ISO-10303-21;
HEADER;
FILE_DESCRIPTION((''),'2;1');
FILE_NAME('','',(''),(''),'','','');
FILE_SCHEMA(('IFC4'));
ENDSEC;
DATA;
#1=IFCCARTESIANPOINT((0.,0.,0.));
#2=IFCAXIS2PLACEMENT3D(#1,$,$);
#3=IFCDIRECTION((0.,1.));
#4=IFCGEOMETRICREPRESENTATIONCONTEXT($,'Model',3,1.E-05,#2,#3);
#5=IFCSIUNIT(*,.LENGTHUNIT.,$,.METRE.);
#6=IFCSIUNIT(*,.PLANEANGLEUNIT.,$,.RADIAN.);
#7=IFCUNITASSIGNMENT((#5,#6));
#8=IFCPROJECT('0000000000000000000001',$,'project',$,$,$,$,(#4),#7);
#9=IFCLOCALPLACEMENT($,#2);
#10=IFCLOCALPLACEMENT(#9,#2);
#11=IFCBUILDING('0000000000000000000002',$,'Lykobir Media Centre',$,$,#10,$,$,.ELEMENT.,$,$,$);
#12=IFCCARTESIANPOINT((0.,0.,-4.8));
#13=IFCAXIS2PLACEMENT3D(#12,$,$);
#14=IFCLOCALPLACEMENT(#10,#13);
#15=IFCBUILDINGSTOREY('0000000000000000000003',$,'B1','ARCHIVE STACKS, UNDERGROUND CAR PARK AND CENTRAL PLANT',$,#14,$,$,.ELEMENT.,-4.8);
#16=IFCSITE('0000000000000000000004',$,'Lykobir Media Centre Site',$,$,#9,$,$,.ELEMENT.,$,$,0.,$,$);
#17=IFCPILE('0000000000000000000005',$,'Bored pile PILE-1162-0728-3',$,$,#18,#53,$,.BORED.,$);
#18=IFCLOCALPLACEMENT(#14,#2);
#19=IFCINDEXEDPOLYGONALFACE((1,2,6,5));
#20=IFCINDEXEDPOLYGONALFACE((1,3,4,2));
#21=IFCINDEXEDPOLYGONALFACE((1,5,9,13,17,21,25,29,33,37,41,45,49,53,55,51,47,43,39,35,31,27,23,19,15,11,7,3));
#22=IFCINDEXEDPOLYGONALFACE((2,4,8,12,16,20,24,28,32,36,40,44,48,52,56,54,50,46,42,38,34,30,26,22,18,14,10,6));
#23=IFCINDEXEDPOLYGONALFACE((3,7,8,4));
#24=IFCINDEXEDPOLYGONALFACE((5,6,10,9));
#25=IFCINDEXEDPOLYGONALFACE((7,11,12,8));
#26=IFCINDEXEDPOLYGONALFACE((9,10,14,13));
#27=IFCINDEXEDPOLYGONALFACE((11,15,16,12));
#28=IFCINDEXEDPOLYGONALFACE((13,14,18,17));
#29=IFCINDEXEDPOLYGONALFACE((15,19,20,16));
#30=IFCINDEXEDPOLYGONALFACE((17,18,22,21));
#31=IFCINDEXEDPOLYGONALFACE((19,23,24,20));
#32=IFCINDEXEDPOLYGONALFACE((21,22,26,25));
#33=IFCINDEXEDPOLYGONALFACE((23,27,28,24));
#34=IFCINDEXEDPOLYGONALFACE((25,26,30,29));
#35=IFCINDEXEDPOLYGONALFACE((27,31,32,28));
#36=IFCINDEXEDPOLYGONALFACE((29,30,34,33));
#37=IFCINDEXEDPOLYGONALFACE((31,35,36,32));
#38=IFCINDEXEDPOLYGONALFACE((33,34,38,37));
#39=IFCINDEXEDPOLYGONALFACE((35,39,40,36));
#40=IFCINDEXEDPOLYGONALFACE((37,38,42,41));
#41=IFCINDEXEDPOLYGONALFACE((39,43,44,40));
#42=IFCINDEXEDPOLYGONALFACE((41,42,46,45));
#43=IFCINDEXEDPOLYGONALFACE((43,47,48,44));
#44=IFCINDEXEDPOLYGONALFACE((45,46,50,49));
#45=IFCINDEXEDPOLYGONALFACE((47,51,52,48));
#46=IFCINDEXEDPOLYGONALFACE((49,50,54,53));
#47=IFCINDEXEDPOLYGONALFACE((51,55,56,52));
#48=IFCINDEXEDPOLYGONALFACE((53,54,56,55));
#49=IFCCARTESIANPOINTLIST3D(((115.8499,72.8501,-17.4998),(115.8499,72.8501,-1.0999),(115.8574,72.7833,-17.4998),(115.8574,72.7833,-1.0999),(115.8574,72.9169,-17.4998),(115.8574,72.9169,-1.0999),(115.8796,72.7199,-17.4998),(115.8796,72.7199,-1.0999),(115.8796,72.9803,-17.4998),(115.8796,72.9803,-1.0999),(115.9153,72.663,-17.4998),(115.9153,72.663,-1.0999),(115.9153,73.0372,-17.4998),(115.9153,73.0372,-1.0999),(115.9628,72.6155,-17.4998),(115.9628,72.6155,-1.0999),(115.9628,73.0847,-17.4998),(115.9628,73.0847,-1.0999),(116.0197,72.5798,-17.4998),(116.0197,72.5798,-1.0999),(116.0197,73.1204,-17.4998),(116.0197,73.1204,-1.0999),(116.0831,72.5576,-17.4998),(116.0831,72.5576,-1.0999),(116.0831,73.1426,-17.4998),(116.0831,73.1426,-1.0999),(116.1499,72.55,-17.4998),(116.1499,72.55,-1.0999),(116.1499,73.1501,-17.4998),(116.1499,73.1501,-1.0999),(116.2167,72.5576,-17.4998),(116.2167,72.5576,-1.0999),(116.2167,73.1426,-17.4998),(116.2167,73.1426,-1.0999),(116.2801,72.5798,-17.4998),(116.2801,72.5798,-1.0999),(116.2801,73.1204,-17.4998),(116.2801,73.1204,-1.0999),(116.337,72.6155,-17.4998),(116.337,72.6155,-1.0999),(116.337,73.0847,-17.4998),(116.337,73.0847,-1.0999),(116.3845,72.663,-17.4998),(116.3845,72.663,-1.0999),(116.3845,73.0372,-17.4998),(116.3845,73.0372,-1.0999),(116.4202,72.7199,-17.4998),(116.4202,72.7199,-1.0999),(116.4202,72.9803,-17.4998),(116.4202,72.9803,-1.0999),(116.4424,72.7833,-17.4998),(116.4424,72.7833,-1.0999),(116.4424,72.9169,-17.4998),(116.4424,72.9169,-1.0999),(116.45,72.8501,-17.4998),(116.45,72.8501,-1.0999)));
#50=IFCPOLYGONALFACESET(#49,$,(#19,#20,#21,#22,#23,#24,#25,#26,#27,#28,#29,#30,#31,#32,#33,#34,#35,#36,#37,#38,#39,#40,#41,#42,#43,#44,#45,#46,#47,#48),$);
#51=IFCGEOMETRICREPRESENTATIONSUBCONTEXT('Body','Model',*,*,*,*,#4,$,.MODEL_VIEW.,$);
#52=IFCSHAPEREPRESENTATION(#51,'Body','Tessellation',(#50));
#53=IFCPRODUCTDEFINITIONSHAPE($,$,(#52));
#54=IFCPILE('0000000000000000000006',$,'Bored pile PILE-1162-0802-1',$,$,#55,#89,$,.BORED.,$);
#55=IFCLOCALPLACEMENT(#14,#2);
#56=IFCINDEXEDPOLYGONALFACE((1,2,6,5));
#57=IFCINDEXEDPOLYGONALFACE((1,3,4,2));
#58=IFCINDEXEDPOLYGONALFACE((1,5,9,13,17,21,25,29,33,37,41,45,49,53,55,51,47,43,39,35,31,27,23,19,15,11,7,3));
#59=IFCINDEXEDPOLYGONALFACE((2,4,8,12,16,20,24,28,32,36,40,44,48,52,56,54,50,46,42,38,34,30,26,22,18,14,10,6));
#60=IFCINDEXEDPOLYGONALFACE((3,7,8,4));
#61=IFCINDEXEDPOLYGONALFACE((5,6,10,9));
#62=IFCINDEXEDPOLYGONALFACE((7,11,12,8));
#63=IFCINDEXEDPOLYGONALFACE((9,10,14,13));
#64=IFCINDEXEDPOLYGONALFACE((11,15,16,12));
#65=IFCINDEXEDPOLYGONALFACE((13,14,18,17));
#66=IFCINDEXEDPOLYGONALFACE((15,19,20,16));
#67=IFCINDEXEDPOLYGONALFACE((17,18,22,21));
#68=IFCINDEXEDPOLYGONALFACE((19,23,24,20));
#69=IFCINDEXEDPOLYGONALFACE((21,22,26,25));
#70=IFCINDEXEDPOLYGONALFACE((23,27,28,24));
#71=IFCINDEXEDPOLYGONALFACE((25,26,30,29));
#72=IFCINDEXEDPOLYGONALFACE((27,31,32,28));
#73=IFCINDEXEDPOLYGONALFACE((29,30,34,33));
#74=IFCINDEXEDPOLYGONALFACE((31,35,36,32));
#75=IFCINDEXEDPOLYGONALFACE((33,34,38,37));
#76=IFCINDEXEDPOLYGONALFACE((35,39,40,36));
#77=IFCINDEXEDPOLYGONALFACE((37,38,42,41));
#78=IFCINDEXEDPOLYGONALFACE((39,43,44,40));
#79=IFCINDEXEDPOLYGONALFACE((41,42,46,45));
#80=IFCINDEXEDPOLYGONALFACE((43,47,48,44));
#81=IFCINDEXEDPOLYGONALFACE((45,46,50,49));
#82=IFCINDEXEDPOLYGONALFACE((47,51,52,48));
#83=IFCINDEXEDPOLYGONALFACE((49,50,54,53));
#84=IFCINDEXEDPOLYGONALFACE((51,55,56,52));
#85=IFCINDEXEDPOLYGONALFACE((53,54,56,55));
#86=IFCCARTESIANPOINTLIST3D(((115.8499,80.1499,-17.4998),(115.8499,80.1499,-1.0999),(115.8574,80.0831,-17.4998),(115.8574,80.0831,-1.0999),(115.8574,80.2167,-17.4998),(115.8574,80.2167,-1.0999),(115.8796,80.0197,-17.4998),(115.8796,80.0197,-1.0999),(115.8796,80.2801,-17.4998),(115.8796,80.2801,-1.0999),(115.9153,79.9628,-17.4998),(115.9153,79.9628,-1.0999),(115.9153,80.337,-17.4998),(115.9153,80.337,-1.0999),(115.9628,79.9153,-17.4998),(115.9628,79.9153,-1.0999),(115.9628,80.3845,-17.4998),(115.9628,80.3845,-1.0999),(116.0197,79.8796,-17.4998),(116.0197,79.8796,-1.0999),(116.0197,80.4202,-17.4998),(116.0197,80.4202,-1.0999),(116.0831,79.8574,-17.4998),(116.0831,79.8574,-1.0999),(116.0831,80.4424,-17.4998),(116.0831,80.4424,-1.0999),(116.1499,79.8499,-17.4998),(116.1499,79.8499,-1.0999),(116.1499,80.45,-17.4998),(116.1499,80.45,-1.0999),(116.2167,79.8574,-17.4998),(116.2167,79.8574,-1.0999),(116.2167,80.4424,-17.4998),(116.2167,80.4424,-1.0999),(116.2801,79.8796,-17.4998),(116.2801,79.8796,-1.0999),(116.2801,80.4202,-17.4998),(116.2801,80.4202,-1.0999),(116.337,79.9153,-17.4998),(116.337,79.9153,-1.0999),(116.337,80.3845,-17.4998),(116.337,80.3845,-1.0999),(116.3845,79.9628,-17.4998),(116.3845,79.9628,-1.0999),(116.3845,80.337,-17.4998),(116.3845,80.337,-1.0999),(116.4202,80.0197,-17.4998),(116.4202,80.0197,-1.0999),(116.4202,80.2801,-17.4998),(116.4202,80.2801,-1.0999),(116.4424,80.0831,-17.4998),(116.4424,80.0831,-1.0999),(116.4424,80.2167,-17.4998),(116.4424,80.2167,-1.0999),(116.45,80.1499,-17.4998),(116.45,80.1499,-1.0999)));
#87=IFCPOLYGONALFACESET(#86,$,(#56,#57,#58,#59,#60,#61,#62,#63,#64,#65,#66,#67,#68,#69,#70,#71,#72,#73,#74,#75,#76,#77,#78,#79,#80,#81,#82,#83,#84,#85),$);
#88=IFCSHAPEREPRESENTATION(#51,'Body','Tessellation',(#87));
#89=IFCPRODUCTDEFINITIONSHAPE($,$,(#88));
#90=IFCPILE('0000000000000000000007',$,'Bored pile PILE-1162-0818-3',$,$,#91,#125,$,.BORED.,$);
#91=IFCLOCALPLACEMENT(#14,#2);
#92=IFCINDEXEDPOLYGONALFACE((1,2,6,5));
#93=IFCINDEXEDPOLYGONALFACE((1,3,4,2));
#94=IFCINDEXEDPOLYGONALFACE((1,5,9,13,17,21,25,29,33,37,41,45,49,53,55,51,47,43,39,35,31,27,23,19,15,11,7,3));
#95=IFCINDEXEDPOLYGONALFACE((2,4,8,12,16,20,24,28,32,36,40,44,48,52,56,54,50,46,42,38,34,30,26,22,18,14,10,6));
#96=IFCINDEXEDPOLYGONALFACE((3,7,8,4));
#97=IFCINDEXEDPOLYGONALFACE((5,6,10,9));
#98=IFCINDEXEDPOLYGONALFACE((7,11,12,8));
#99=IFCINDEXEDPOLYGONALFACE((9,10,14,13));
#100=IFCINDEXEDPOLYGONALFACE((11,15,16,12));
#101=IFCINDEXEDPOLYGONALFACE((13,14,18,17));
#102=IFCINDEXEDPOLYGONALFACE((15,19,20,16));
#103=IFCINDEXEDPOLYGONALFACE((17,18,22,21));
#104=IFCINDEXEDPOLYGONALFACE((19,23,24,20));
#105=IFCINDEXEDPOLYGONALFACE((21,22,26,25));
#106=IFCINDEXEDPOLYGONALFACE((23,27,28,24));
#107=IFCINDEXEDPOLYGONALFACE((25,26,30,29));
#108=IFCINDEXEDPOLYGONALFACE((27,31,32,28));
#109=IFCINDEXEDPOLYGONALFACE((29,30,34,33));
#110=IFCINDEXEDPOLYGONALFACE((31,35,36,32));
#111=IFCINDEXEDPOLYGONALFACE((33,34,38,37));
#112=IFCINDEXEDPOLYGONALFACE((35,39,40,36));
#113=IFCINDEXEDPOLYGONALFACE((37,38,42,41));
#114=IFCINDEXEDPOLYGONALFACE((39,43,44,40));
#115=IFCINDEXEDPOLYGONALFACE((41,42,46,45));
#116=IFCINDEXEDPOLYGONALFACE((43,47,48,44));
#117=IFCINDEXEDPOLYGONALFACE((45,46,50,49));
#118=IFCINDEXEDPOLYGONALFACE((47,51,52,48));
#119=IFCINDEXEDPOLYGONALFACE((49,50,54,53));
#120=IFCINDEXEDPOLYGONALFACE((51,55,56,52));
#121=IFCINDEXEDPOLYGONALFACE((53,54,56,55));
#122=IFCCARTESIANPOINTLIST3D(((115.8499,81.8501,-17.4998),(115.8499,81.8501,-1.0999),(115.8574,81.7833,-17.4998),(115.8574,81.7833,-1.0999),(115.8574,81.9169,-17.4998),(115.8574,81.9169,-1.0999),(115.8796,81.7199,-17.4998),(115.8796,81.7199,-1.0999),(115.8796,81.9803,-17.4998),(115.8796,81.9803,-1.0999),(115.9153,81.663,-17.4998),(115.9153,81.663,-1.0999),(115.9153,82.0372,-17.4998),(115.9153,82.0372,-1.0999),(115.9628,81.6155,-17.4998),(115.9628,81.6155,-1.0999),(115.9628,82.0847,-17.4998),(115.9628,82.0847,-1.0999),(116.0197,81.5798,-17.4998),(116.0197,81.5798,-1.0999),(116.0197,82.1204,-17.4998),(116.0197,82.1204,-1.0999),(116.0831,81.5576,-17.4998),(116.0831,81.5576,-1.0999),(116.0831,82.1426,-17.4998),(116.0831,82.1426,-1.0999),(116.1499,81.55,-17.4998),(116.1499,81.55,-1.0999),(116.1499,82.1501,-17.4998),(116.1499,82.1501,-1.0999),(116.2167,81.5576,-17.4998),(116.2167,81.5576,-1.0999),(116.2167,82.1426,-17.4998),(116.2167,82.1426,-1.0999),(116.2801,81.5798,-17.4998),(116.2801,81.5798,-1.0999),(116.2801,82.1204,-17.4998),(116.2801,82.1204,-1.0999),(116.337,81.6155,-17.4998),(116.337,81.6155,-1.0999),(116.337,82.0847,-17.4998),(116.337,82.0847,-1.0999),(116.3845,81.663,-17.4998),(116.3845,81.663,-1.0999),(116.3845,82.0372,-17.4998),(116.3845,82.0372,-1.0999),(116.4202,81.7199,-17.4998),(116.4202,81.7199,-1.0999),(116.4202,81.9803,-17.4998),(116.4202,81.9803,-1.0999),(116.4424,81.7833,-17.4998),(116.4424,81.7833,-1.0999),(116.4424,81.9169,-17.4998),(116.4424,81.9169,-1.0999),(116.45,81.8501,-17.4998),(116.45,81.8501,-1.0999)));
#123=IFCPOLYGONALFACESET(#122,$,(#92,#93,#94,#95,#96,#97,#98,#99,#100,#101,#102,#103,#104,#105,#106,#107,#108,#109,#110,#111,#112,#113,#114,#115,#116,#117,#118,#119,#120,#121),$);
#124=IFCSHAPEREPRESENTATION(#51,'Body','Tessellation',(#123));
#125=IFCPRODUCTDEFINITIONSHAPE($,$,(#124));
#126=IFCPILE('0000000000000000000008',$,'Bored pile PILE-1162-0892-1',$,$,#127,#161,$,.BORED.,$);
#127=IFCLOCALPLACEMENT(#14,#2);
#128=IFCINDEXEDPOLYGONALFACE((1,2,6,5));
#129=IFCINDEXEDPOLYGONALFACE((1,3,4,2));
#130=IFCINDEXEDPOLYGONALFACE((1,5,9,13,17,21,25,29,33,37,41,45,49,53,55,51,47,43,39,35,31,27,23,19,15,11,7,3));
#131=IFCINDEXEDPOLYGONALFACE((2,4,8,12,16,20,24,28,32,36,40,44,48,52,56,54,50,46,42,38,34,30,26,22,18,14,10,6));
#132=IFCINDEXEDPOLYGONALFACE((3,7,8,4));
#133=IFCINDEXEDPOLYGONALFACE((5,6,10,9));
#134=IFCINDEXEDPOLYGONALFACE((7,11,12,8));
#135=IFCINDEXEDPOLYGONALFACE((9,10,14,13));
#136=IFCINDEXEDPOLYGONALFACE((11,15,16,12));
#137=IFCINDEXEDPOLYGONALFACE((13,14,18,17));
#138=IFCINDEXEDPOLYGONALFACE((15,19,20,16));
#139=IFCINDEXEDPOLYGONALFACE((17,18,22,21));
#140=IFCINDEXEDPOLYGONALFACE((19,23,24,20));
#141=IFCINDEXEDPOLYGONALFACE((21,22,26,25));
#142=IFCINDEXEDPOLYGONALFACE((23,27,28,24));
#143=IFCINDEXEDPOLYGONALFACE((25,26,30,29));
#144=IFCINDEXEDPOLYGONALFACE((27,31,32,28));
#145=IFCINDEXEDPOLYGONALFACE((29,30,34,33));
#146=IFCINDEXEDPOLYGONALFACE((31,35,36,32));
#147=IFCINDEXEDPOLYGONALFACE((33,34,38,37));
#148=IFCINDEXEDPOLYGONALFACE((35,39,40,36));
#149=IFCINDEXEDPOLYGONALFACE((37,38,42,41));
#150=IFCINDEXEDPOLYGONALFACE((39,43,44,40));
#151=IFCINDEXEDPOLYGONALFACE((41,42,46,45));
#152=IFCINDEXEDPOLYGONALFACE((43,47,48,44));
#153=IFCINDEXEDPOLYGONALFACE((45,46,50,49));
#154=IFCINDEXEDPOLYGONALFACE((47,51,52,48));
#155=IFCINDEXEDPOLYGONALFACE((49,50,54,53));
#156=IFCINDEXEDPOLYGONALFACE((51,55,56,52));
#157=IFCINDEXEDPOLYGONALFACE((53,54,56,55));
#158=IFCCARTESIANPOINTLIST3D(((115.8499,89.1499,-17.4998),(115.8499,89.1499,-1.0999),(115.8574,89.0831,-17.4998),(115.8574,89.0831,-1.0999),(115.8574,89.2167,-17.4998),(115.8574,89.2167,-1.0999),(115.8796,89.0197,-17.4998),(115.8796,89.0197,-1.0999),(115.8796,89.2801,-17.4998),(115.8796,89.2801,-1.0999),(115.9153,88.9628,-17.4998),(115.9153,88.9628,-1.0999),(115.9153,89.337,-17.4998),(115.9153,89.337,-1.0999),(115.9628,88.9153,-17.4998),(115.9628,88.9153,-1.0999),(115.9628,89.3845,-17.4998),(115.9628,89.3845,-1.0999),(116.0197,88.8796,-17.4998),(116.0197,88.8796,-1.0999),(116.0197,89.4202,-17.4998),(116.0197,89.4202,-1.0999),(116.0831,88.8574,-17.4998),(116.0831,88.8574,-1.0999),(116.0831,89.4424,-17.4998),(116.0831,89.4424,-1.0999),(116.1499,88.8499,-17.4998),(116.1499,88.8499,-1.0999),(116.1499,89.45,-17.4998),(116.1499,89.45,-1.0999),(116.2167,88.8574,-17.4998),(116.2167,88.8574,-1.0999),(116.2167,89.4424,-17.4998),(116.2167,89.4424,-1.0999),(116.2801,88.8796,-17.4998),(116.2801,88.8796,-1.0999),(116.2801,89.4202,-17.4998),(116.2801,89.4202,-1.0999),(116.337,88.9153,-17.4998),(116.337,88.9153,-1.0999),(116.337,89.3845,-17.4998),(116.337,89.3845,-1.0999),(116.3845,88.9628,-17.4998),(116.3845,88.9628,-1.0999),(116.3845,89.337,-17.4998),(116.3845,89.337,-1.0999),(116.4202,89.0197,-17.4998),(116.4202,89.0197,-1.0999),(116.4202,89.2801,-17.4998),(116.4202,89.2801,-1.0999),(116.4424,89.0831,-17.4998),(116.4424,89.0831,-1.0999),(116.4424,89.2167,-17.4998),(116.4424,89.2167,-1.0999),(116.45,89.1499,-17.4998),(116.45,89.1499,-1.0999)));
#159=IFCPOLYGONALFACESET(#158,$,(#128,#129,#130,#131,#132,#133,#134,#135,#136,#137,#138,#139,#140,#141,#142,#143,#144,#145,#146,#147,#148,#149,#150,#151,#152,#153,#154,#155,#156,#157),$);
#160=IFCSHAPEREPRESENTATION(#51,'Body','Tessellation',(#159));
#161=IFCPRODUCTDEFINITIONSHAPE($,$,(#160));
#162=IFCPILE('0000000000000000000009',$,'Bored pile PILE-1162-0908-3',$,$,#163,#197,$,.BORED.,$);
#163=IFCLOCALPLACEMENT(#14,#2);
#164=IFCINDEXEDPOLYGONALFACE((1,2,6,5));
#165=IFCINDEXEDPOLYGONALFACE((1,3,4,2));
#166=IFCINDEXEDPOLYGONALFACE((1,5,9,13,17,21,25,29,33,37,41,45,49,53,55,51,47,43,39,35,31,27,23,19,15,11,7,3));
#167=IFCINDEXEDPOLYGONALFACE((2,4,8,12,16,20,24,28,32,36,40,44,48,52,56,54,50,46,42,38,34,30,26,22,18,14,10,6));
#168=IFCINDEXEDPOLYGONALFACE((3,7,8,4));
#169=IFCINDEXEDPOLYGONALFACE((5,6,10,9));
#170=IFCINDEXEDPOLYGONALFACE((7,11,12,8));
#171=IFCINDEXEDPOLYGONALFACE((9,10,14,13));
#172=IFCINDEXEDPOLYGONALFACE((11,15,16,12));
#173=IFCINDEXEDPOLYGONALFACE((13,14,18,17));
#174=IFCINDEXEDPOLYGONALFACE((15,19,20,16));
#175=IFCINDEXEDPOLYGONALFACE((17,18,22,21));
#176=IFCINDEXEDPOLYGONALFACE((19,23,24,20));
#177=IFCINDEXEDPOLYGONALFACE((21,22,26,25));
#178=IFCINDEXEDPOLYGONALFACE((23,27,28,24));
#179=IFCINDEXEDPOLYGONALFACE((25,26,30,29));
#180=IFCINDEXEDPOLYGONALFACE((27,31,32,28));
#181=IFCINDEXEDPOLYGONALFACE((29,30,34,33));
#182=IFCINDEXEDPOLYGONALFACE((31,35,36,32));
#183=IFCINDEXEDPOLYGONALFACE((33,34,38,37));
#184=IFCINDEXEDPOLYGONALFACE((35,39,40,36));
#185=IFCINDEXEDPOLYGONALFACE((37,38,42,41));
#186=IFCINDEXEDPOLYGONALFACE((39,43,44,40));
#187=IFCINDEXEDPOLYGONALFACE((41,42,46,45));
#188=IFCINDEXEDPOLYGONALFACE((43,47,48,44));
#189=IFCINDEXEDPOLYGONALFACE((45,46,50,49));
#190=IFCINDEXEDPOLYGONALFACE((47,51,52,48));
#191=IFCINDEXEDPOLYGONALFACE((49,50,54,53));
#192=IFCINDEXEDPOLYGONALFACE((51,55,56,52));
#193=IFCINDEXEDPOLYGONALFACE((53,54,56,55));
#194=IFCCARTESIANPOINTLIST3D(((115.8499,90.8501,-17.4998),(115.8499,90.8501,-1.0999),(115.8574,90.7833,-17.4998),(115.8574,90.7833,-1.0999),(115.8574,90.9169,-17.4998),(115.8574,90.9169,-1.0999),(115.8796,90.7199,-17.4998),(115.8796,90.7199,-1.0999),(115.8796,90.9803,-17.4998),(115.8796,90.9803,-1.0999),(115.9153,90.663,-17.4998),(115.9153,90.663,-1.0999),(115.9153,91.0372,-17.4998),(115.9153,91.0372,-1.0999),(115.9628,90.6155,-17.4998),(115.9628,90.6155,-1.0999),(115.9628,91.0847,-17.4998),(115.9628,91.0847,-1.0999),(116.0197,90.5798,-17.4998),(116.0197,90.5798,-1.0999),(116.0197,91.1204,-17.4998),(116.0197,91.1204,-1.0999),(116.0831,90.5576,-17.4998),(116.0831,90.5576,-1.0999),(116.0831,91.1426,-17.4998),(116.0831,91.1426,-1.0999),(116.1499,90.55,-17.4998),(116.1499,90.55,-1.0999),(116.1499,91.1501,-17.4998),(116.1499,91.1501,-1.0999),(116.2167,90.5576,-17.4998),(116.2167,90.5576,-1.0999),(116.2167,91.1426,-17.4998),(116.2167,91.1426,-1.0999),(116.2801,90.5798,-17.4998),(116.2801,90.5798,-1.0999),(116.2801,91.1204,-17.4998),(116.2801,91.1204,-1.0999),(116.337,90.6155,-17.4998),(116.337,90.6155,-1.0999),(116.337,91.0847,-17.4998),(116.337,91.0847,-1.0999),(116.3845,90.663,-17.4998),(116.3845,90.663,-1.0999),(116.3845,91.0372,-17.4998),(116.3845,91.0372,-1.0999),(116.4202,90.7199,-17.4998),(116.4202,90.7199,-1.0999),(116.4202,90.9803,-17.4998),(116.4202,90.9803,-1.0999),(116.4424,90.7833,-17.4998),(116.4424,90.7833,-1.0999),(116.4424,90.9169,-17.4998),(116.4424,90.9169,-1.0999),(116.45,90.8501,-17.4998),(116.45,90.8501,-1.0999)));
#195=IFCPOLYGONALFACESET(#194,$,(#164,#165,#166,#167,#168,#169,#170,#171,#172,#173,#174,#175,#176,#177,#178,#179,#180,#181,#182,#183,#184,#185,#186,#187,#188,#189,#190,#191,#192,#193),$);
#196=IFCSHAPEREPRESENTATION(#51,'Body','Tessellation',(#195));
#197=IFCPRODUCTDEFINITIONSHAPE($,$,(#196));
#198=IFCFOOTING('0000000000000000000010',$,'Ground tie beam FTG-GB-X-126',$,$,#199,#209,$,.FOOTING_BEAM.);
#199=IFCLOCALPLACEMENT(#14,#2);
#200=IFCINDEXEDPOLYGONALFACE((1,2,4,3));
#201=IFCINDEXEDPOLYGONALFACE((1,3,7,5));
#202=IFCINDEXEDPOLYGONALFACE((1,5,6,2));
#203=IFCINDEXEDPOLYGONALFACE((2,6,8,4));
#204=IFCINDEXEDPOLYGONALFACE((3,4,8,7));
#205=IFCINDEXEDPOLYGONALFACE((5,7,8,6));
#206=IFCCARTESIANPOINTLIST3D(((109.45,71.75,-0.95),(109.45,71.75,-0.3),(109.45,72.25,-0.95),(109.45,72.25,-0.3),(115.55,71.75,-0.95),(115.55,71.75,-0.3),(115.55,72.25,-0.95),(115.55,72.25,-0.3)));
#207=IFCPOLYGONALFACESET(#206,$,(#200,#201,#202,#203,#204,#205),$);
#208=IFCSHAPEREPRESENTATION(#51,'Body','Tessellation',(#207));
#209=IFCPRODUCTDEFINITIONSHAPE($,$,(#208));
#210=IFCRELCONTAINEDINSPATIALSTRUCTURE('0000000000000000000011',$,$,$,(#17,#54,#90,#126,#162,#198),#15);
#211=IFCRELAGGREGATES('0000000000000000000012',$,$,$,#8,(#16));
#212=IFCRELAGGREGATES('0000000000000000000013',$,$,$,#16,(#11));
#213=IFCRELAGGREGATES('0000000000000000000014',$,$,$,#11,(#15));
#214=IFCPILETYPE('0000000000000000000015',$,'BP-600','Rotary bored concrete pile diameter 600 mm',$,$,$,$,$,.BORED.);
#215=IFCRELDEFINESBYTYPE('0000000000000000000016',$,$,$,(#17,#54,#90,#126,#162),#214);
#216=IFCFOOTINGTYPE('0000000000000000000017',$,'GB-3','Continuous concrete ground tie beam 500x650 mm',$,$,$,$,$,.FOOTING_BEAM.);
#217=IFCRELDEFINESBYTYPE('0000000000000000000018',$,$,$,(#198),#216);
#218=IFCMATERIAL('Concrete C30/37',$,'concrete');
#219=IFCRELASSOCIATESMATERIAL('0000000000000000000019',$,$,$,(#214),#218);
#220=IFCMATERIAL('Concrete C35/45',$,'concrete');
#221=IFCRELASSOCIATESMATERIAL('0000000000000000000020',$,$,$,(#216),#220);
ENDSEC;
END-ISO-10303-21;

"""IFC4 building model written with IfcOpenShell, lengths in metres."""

from ifc_helpers import new_model, si_unit, direction, frame, origin, origin_2d, place, context, subcontext, project, spatial, rectangle, circle, extrude, material, material_profile, profile_set, type_object, element, save


model = new_model("IFC4")

# Units and contexts
model_context = context("Model", 3, precision=1e-05, world=origin(), true_north=direction((0.0, 1.0)))
body_context = subcontext(model_context, "Body", "Model", "MODEL_VIEW")
ifc_project = project(units=[si_unit("LENGTHUNIT", "METRE"), si_unit("PLANEANGLEUNIT", "RADIAN")], contexts=[model_context])

# Site, building, storey
site_placement = place(None, origin())
site = spatial("IfcSite", under=ifc_project, at=site_placement, Name="Lykobir Media Centre Site", CompositionType="ELEMENT", RefElevation=0.0)
building_placement = place(site_placement, origin())
building = spatial("IfcBuilding", under=site, at=building_placement, Name="Lykobir Media Centre", CompositionType="ELEMENT")
storey_placement = place(building_placement, frame((0.0, 0.0, -4.8)))
storey = spatial("IfcBuildingStorey", under=building, at=storey_placement, Name="B1", Description="ARCHIVE STACKS, UNDERGROUND CAR PARK AND CENTRAL PLANT", CompositionType="ELEMENT", Elevation=-4.8)

# Piles
ifc_material_1 = material(Name="Concrete C30/37", Category="concrete")
ifc_material_profile_1 = material_profile(ifc_material_1, circle(Radius=0.3, at=origin_2d()), Name="BORED PILE D600")
ifc_profile_set_1 = profile_set([ifc_material_profile_1], Name="Concrete C30/37")
pile_type = type_object("IfcPileType", Name="BP-600", Description="Rotary bored concrete pile diameter 600 mm", PredefinedType="BORED", material=ifc_profile_set_1)
for number, where, z_axis, x_axis, name in (
    (1, (116.1499, 72.8501, -1.0999), (0.0, 0.0, -1.0), (1.0, 0.0, 0.0), "Bored pile PILE-1162-0728-3"),
    (2, (116.1499, 80.1499, -1.0999), (0.0, 0.0, -1.0), (1.0, 0.0, 0.0), "Bored pile PILE-1162-0802-1"),
    (3, (116.1499, 81.8501, -1.0999), (0.0, 0.0, -1.0), (1.0, 0.0, 0.0), "Bored pile PILE-1162-0818-3"),
    (4, (116.1499, 89.1499, -1.0999), (0.0, 0.0, -1.0), (1.0, 0.0, 0.0), "Bored pile PILE-1162-0892-1"),
    (5, (116.1499, 90.8501, -1.0999), (0.0, 0.0, -1.0), (1.0, 0.0, 0.0), "Bored pile PILE-1162-0908-3"),
):
    element("IfcPile", number, at=place(storey_placement, frame(where, z_axis=z_axis, x_axis=x_axis)), inside=storey, type_object=pile_type, Name=name, PredefinedType="BORED", context=body_context, shape_type="SweptSolid", body=[
        extrude(circle(Radius=0.3, at=origin_2d()), origin(), (0.0, 0.0, 1.0), 16.3999),
    ])

# Footing
ifc_material_2 = material(Name="Concrete C35/45", Category="concrete")
footing_type_1 = type_object("IfcFootingType", Name="GB-3", Description="Continuous concrete ground tie beam 500x650 mm", PredefinedType="FOOTING_BEAM", material=ifc_material_2)
for number, where, z_axis, x_axis, name in (
    (6, (112.5, 72.0, -0.95), (0.0, 0.0, 1.0), (1.0, 0.0, 0.0), "Ground tie beam FTG-GB-X-126"),
):
    element("IfcFooting", number, at=place(storey_placement, frame(where, z_axis=z_axis, x_axis=x_axis)), inside=storey, type_object=footing_type_1, Name=name, PredefinedType="FOOTING_BEAM", context=body_context, shape_type="SweptSolid", body=[
        extrude(rectangle(XDim=6.1001, YDim=0.5, at=origin_2d()), origin(), (0.0, 0.0, 1.0), 0.6499),
    ])

save(model, "model.ifc")
